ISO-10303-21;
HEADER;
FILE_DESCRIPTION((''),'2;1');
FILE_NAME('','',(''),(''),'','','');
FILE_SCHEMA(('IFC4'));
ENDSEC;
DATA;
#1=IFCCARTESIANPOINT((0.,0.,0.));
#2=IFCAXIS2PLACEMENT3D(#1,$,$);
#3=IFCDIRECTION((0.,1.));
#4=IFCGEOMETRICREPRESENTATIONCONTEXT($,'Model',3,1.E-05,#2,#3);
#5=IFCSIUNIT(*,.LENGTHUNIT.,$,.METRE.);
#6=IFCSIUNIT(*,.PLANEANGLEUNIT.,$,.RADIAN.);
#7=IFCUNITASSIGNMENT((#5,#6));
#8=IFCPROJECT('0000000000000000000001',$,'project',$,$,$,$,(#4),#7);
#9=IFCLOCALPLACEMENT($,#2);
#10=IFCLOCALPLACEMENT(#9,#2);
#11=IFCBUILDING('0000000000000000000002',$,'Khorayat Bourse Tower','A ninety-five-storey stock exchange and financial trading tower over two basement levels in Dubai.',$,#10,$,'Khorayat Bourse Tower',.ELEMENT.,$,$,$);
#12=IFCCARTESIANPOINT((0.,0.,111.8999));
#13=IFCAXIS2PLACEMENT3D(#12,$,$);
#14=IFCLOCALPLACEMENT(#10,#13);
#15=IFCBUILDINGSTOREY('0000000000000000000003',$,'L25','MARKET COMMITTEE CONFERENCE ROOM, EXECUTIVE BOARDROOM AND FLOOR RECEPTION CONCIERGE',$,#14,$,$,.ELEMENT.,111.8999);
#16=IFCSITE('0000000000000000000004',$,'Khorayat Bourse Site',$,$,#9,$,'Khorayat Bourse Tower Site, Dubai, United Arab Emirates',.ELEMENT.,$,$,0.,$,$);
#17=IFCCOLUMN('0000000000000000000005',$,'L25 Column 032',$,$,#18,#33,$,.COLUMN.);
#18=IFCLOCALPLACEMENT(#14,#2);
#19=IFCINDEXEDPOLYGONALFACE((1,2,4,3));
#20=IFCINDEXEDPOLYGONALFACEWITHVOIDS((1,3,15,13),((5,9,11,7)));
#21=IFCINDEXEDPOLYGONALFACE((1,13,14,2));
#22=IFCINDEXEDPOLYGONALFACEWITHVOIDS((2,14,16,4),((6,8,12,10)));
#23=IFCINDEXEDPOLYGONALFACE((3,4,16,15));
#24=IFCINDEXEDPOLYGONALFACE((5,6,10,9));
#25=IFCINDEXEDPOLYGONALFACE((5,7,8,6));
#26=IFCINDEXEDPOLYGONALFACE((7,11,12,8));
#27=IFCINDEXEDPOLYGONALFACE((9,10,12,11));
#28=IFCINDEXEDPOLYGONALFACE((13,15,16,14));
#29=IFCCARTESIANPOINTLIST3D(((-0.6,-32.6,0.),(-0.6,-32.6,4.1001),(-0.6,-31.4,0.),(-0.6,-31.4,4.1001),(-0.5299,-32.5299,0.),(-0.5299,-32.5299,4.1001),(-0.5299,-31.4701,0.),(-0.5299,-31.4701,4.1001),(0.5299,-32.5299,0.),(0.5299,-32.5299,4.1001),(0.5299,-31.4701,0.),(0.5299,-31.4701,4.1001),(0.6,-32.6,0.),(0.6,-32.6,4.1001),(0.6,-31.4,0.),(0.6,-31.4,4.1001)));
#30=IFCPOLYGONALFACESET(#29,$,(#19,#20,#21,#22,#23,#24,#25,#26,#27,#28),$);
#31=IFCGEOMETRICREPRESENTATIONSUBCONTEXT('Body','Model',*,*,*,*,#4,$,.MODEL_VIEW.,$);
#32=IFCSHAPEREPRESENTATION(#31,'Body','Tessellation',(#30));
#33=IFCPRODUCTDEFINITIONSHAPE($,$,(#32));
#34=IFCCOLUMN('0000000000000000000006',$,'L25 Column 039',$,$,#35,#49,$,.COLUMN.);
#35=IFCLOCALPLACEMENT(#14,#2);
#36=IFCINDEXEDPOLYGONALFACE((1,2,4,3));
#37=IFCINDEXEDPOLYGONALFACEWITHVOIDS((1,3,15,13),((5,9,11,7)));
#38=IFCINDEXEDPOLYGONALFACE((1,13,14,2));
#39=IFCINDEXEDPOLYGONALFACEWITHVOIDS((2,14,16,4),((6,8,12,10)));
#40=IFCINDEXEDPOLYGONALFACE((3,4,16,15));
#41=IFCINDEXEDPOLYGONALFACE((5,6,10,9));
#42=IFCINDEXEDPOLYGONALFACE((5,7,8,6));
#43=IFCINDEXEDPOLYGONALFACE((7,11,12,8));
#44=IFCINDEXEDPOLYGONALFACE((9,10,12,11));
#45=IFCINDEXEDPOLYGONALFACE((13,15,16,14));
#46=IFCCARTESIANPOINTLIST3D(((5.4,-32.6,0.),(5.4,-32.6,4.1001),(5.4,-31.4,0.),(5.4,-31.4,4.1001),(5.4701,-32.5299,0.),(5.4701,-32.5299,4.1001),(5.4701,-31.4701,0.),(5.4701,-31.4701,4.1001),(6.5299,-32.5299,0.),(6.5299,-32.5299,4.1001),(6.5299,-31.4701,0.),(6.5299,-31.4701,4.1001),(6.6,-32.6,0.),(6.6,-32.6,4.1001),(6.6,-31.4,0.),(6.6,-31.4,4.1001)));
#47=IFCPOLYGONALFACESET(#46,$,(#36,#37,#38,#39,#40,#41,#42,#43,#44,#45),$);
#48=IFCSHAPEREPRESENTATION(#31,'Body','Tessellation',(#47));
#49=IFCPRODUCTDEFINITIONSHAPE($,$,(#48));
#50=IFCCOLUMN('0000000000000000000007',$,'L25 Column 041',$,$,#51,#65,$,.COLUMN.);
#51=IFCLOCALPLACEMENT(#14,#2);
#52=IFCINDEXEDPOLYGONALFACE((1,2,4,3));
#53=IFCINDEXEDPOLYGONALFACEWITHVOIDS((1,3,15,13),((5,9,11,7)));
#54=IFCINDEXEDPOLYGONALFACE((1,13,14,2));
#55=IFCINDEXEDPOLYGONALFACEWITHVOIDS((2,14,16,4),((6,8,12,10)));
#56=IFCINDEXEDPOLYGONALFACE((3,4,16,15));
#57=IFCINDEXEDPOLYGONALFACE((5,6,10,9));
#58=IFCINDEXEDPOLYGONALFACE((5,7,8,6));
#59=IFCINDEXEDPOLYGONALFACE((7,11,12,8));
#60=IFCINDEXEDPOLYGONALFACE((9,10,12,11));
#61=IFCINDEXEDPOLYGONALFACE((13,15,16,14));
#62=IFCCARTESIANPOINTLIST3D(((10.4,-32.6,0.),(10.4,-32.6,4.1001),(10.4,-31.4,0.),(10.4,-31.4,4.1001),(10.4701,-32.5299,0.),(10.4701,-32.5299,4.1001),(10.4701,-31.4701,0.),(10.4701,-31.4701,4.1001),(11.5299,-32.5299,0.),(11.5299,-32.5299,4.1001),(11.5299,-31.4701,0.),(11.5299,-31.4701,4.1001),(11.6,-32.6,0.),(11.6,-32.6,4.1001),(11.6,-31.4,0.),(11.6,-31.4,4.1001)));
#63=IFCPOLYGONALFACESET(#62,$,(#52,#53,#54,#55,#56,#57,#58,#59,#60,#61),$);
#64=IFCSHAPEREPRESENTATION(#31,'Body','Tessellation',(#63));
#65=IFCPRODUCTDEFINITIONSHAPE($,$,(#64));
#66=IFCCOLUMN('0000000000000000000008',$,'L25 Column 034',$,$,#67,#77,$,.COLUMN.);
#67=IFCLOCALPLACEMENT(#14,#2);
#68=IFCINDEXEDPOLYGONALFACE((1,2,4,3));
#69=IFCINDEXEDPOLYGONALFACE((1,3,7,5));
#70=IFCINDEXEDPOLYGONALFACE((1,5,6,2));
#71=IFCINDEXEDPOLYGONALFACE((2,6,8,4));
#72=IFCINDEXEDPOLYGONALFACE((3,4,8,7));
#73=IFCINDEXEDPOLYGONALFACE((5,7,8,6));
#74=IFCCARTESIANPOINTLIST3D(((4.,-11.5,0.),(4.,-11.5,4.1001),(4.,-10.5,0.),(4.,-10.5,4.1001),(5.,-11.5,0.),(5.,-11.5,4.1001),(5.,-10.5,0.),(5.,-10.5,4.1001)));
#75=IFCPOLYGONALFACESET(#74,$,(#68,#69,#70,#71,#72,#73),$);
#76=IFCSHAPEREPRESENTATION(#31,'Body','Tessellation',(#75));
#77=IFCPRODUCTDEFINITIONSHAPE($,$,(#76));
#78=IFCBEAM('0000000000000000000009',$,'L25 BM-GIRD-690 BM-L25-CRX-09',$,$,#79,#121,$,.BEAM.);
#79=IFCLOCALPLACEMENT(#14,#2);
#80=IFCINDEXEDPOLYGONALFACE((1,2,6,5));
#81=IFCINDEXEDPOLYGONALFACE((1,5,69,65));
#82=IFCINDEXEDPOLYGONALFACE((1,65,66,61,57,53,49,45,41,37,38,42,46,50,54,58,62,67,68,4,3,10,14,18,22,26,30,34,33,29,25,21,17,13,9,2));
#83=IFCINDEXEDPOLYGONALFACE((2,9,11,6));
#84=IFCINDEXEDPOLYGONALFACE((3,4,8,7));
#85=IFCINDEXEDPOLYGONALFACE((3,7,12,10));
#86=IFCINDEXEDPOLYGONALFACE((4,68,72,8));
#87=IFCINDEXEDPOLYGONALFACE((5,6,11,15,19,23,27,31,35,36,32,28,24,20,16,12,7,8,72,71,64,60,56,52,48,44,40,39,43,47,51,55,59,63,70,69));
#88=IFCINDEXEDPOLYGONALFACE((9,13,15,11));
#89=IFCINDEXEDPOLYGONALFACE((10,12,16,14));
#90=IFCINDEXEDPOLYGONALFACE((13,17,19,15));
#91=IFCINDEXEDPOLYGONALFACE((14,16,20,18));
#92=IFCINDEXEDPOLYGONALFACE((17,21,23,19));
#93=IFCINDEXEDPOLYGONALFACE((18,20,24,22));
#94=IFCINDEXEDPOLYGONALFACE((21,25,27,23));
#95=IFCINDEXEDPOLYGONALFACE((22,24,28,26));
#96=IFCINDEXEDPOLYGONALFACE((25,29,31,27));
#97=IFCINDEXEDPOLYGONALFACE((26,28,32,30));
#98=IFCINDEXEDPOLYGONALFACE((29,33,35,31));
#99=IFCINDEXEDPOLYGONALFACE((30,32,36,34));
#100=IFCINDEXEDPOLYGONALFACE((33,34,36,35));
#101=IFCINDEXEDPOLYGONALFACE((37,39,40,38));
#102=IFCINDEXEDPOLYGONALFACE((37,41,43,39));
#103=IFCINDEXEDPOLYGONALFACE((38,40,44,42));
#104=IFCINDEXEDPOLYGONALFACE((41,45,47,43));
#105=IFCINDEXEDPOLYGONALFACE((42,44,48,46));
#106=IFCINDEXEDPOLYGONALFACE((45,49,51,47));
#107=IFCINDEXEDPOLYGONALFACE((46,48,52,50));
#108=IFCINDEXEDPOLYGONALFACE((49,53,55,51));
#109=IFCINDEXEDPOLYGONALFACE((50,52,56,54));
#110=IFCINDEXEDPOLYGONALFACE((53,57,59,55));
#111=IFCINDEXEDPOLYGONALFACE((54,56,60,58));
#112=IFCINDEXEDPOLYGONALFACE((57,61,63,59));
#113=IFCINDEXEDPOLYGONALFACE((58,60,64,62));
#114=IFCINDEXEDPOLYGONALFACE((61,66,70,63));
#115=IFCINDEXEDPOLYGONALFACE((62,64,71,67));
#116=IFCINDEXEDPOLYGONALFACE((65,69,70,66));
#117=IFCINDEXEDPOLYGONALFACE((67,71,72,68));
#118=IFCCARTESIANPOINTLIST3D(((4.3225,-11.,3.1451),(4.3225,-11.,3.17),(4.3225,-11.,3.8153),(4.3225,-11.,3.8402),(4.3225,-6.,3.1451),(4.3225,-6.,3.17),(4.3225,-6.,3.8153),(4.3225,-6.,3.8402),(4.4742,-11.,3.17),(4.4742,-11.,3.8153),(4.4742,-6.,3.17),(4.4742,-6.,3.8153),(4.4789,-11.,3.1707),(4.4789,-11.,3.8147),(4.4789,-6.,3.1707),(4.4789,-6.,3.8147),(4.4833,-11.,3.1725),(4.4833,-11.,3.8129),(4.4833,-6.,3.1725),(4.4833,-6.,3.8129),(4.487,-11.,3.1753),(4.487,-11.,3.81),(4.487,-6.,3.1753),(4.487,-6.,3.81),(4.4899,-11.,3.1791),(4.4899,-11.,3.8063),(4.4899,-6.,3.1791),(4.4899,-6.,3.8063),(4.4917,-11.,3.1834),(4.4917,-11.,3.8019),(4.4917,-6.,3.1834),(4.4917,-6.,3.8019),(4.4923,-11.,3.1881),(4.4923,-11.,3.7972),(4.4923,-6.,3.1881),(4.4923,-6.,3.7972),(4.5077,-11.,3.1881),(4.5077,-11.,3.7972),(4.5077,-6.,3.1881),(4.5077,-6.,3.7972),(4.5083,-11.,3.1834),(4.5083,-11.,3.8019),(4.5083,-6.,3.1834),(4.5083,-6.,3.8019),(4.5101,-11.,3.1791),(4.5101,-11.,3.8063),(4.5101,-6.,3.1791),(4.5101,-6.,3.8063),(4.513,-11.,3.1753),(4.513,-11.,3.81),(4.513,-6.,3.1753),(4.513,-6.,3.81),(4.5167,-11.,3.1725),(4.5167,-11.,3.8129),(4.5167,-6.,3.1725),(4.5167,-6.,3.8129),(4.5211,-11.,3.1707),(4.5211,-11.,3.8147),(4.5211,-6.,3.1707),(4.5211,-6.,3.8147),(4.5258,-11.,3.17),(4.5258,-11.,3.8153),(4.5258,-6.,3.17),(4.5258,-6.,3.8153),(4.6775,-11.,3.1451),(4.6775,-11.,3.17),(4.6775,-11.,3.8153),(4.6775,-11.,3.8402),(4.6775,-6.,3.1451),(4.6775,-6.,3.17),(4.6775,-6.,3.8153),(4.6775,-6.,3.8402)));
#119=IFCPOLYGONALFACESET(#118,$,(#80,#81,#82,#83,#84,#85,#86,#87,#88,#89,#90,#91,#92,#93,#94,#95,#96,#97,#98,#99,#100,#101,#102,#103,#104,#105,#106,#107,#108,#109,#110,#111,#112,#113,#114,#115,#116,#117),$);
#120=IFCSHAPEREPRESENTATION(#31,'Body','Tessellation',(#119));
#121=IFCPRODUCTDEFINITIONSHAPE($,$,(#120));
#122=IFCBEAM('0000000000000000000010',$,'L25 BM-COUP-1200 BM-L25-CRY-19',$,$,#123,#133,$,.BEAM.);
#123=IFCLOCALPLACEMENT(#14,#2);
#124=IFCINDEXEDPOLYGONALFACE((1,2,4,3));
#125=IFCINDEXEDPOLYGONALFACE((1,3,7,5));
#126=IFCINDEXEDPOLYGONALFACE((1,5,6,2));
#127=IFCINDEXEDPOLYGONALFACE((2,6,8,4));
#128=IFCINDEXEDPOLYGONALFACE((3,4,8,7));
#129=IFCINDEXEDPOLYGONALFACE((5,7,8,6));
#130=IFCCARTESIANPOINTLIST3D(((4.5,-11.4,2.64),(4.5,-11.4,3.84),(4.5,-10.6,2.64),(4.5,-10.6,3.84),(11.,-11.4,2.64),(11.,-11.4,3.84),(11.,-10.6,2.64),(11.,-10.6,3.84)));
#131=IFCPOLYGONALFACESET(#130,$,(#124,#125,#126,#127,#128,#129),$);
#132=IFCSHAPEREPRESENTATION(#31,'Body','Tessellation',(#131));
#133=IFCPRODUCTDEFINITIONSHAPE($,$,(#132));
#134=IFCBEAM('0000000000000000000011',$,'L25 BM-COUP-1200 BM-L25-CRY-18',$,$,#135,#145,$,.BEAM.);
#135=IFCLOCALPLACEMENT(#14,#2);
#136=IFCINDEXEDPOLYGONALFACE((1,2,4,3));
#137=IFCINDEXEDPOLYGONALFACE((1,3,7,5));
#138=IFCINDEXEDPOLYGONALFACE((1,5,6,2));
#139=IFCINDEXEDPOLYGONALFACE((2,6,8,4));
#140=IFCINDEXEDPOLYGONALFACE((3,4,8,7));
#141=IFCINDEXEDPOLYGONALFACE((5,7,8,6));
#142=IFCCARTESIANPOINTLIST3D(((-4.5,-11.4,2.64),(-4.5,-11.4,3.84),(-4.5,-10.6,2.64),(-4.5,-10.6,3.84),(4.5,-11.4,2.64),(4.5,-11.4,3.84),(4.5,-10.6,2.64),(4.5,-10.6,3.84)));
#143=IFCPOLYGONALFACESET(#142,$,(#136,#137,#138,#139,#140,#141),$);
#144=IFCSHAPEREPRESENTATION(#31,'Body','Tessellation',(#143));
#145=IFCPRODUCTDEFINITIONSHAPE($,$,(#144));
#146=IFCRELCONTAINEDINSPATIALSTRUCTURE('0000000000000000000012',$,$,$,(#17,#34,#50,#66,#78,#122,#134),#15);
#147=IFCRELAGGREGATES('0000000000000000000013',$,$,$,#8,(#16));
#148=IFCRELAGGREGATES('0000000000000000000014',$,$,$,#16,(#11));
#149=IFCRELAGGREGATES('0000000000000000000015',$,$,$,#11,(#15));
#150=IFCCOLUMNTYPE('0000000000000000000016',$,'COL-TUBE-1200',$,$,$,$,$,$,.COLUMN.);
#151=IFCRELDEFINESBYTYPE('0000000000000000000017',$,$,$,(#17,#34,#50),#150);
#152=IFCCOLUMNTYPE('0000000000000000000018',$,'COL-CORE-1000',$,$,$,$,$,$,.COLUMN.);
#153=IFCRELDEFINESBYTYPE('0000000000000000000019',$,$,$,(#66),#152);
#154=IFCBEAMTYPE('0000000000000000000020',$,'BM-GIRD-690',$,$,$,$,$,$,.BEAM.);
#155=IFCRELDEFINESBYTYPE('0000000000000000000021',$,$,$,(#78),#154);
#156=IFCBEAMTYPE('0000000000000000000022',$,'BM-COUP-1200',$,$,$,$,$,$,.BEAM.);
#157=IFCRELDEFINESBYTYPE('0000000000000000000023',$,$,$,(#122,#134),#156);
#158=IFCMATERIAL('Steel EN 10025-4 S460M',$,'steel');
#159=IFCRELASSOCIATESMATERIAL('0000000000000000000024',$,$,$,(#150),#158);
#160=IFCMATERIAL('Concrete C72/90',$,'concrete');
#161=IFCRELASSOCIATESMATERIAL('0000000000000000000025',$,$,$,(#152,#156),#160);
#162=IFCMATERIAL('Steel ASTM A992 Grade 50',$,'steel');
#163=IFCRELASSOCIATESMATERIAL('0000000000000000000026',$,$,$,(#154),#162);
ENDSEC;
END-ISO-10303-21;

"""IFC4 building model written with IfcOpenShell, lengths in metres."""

from ifc_helpers import new_model, si_unit, direction, frame, origin, origin_2d, place, context, subcontext, project, spatial, rectangle, hollow_rectangle, i_section, extrude, source, transform, mapped, material, material_profile, profile_set, type_object, element, save


model = new_model("IFC4")

# Units and contexts
model_context = context("Model", 3, precision=1e-05, world=origin(), true_north=direction((0.0, 1.0)))
body_context = subcontext(model_context, "Body", "Model", "MODEL_VIEW")
ifc_project = project(units=[si_unit("LENGTHUNIT", "METRE"), si_unit("PLANEANGLEUNIT", "RADIAN")], contexts=[model_context])

# Site, building, storey
site_placement = place(None, origin())
site = spatial("IfcSite", under=ifc_project, at=site_placement, Name="Khorayat Bourse Site", LongName="Khorayat Bourse Tower Site, Dubai, United Arab Emirates", CompositionType="ELEMENT", RefElevation=0.0)
building_placement = place(site_placement, origin())
building = spatial("IfcBuilding", under=site, at=building_placement, Name="Khorayat Bourse Tower", Description="A ninety-five-storey stock exchange and financial trading tower over two basement levels in Dubai.", LongName="Khorayat Bourse Tower", CompositionType="ELEMENT")
storey_placement = place(building_placement, frame((0.0, 0.0, 111.8999)))
storey = spatial("IfcBuildingStorey", under=building, at=storey_placement, Name="L25", Description="MARKET COMMITTEE CONFERENCE ROOM, EXECUTIVE BOARDROOM AND FLOOR RECEPTION CONCIERGE", CompositionType="ELEMENT", Elevation=111.8999)

# Columns
ifc_material_1 = material(Name="Steel EN 10025-4 S460M", Category="steel")
ifc_material_profile_1 = material_profile(ifc_material_1, hollow_rectangle(XDim=1.2, YDim=1.2, WallThickness=0.0701, at=origin_2d()), Name="BOX 1200x1200x70")
ifc_profile_set_1 = profile_set([ifc_material_profile_1], Name="Steel EN 10025-4 S460M")
column_type_1 = type_object("IfcColumnType", Name="COL-TUBE-1200", PredefinedType="COLUMN", material=ifc_profile_set_1)
shared_shape_1 = source(origin(), body_context, "Body", "SweptSolid", [
    extrude(hollow_rectangle(XDim=1.2, YDim=1.2, WallThickness=0.0701, at=origin_2d()), origin(), (0.0, 0.0, 1.0), 4.1001),
])
for number, where, z_axis, x_axis, name in (
    (1, (0.0, -32.0, 0.0), (0.0, 0.0, 1.0), (1.0, 0.0, 0.0), "L25 Column 032"),
    (2, (6.0, -32.0, 0.0), (0.0, 0.0, 1.0), (1.0, 0.0, 0.0), "L25 Column 039"),
    (3, (11.0, -32.0, 0.0), (0.0, 0.0, 1.0), (1.0, 0.0, 0.0), "L25 Column 041"),
):
    element("IfcColumn", number, at=place(storey_placement, frame(where, z_axis=z_axis, x_axis=x_axis)), inside=storey, type_object=column_type_1, Name=name, PredefinedType="COLUMN", context=body_context, shape_type="MappedRepresentation", body=[
        mapped(shared_shape_1, transform((0.0, 0.0, 0.0), scale=1.0)),
    ])
ifc_material_2 = material(Name="Concrete C72/90", Category="concrete")
ifc_material_profile_2 = material_profile(ifc_material_2, rectangle(XDim=1.0, YDim=1.0, at=origin_2d()), Name="RC 1000x1000")
ifc_profile_set_2 = profile_set([ifc_material_profile_2], Name="Concrete C72/90")
column_type_2 = type_object("IfcColumnType", Name="COL-CORE-1000", PredefinedType="COLUMN", material=ifc_profile_set_2)
shared_shape_2 = source(origin(), body_context, "Body", "SweptSolid", [
    extrude(rectangle(XDim=1.0, YDim=1.0, at=origin_2d()), origin(), (0.0, 0.0, 1.0), 4.1001),
])
column_placement = place(storey_placement, frame((4.5, -11.0, 0.0), z_axis=(0.0, 0.0, 1.0), x_axis=(1.0, 0.0, 0.0)))
element("IfcColumn", 4, at=column_placement, inside=storey, type_object=column_type_2, Name="L25 Column 034", PredefinedType="COLUMN", context=body_context, shape_type="MappedRepresentation", body=[
    mapped(shared_shape_2, transform((0.0, 0.0, 0.0), scale=1.0)),
])

# Beams
ifc_material_3 = material(Name="Steel ASTM A992 Grade 50", Category="steel")
ifc_material_profile_3 = material_profile(ifc_material_3, i_section(OverallWidth=0.355, OverallDepth=0.6951, WebThickness=0.0154, FlangeThickness=0.0249, FilletRadius=0.0181, at=origin_2d()), Name="W690X217")
ifc_profile_set_3 = profile_set([ifc_material_profile_3], Name="Steel ASTM A992 Grade 50")
beam_type_1 = type_object("IfcBeamType", Name="BM-GIRD-690", PredefinedType="BEAM", material=ifc_profile_set_3)
shared_shape_3 = source(origin(), body_context, "Body", "SweptSolid", [
    extrude(i_section(OverallWidth=0.355, OverallDepth=0.6951, WebThickness=0.0154, FlangeThickness=0.0249, FilletRadius=0.0181, at=origin_2d()), origin(), (0.0, 0.0, 1.0), 5.0),
])
beam_1_placement = place(storey_placement, frame((4.5, -11.0, 3.4927), z_axis=(0.0, 1.0, 0.0), x_axis=(-1.0, 0.0, 0.0)))
element("IfcBeam", 5, at=beam_1_placement, inside=storey, type_object=beam_type_1, Name="L25 BM-GIRD-690 BM-L25-CRX-09", PredefinedType="BEAM", context=body_context, shape_type="MappedRepresentation", body=[
    mapped(shared_shape_3, transform((0.0, 0.0, 0.0), scale=1.0)),
])
ifc_material_profile_4 = material_profile(ifc_material_2, rectangle(XDim=0.8, YDim=1.2, at=origin_2d()), Name="RC 800x1200")
ifc_profile_set_4 = profile_set([ifc_material_profile_4], Name="Concrete C72/90")
beam_type_2 = type_object("IfcBeamType", Name="BM-COUP-1200", PredefinedType="BEAM", material=ifc_profile_set_4)
shared_shape_4 = source(origin(), body_context, "Body", "SweptSolid", [
    extrude(rectangle(XDim=0.8, YDim=1.2, at=origin_2d()), origin(), (0.0, 0.0, 1.0), 6.5),
])
beam_2_placement = place(storey_placement, frame((4.5, -11.0, 3.24), z_axis=(1.0, 0.0, 0.0), x_axis=(0.0, 1.0, 0.0)))
element("IfcBeam", 6, at=beam_2_placement, inside=storey, type_object=beam_type_2, Name="L25 BM-COUP-1200 BM-L25-CRY-19", PredefinedType="BEAM", context=body_context, shape_type="MappedRepresentation", body=[
    mapped(shared_shape_4, transform((0.0, 0.0, 0.0), scale=1.0)),
])
shared_shape_5 = source(origin(), body_context, "Body", "SweptSolid", [
    extrude(rectangle(XDim=0.8, YDim=1.2, at=origin_2d()), origin(), (0.0, 0.0, 1.0), 9.0),
])
beam_3_placement = place(storey_placement, frame((-4.5, -11.0, 3.24), z_axis=(1.0, 0.0, 0.0), x_axis=(0.0, 1.0, 0.0)))
element("IfcBeam", 7, at=beam_3_placement, inside=storey, type_object=beam_type_2, Name="L25 BM-COUP-1200 BM-L25-CRY-18", PredefinedType="BEAM", context=body_context, shape_type="MappedRepresentation", body=[
    mapped(shared_shape_5, transform((0.0, 0.0, 0.0), scale=1.0)),
])

save(model, "model.ifc")
